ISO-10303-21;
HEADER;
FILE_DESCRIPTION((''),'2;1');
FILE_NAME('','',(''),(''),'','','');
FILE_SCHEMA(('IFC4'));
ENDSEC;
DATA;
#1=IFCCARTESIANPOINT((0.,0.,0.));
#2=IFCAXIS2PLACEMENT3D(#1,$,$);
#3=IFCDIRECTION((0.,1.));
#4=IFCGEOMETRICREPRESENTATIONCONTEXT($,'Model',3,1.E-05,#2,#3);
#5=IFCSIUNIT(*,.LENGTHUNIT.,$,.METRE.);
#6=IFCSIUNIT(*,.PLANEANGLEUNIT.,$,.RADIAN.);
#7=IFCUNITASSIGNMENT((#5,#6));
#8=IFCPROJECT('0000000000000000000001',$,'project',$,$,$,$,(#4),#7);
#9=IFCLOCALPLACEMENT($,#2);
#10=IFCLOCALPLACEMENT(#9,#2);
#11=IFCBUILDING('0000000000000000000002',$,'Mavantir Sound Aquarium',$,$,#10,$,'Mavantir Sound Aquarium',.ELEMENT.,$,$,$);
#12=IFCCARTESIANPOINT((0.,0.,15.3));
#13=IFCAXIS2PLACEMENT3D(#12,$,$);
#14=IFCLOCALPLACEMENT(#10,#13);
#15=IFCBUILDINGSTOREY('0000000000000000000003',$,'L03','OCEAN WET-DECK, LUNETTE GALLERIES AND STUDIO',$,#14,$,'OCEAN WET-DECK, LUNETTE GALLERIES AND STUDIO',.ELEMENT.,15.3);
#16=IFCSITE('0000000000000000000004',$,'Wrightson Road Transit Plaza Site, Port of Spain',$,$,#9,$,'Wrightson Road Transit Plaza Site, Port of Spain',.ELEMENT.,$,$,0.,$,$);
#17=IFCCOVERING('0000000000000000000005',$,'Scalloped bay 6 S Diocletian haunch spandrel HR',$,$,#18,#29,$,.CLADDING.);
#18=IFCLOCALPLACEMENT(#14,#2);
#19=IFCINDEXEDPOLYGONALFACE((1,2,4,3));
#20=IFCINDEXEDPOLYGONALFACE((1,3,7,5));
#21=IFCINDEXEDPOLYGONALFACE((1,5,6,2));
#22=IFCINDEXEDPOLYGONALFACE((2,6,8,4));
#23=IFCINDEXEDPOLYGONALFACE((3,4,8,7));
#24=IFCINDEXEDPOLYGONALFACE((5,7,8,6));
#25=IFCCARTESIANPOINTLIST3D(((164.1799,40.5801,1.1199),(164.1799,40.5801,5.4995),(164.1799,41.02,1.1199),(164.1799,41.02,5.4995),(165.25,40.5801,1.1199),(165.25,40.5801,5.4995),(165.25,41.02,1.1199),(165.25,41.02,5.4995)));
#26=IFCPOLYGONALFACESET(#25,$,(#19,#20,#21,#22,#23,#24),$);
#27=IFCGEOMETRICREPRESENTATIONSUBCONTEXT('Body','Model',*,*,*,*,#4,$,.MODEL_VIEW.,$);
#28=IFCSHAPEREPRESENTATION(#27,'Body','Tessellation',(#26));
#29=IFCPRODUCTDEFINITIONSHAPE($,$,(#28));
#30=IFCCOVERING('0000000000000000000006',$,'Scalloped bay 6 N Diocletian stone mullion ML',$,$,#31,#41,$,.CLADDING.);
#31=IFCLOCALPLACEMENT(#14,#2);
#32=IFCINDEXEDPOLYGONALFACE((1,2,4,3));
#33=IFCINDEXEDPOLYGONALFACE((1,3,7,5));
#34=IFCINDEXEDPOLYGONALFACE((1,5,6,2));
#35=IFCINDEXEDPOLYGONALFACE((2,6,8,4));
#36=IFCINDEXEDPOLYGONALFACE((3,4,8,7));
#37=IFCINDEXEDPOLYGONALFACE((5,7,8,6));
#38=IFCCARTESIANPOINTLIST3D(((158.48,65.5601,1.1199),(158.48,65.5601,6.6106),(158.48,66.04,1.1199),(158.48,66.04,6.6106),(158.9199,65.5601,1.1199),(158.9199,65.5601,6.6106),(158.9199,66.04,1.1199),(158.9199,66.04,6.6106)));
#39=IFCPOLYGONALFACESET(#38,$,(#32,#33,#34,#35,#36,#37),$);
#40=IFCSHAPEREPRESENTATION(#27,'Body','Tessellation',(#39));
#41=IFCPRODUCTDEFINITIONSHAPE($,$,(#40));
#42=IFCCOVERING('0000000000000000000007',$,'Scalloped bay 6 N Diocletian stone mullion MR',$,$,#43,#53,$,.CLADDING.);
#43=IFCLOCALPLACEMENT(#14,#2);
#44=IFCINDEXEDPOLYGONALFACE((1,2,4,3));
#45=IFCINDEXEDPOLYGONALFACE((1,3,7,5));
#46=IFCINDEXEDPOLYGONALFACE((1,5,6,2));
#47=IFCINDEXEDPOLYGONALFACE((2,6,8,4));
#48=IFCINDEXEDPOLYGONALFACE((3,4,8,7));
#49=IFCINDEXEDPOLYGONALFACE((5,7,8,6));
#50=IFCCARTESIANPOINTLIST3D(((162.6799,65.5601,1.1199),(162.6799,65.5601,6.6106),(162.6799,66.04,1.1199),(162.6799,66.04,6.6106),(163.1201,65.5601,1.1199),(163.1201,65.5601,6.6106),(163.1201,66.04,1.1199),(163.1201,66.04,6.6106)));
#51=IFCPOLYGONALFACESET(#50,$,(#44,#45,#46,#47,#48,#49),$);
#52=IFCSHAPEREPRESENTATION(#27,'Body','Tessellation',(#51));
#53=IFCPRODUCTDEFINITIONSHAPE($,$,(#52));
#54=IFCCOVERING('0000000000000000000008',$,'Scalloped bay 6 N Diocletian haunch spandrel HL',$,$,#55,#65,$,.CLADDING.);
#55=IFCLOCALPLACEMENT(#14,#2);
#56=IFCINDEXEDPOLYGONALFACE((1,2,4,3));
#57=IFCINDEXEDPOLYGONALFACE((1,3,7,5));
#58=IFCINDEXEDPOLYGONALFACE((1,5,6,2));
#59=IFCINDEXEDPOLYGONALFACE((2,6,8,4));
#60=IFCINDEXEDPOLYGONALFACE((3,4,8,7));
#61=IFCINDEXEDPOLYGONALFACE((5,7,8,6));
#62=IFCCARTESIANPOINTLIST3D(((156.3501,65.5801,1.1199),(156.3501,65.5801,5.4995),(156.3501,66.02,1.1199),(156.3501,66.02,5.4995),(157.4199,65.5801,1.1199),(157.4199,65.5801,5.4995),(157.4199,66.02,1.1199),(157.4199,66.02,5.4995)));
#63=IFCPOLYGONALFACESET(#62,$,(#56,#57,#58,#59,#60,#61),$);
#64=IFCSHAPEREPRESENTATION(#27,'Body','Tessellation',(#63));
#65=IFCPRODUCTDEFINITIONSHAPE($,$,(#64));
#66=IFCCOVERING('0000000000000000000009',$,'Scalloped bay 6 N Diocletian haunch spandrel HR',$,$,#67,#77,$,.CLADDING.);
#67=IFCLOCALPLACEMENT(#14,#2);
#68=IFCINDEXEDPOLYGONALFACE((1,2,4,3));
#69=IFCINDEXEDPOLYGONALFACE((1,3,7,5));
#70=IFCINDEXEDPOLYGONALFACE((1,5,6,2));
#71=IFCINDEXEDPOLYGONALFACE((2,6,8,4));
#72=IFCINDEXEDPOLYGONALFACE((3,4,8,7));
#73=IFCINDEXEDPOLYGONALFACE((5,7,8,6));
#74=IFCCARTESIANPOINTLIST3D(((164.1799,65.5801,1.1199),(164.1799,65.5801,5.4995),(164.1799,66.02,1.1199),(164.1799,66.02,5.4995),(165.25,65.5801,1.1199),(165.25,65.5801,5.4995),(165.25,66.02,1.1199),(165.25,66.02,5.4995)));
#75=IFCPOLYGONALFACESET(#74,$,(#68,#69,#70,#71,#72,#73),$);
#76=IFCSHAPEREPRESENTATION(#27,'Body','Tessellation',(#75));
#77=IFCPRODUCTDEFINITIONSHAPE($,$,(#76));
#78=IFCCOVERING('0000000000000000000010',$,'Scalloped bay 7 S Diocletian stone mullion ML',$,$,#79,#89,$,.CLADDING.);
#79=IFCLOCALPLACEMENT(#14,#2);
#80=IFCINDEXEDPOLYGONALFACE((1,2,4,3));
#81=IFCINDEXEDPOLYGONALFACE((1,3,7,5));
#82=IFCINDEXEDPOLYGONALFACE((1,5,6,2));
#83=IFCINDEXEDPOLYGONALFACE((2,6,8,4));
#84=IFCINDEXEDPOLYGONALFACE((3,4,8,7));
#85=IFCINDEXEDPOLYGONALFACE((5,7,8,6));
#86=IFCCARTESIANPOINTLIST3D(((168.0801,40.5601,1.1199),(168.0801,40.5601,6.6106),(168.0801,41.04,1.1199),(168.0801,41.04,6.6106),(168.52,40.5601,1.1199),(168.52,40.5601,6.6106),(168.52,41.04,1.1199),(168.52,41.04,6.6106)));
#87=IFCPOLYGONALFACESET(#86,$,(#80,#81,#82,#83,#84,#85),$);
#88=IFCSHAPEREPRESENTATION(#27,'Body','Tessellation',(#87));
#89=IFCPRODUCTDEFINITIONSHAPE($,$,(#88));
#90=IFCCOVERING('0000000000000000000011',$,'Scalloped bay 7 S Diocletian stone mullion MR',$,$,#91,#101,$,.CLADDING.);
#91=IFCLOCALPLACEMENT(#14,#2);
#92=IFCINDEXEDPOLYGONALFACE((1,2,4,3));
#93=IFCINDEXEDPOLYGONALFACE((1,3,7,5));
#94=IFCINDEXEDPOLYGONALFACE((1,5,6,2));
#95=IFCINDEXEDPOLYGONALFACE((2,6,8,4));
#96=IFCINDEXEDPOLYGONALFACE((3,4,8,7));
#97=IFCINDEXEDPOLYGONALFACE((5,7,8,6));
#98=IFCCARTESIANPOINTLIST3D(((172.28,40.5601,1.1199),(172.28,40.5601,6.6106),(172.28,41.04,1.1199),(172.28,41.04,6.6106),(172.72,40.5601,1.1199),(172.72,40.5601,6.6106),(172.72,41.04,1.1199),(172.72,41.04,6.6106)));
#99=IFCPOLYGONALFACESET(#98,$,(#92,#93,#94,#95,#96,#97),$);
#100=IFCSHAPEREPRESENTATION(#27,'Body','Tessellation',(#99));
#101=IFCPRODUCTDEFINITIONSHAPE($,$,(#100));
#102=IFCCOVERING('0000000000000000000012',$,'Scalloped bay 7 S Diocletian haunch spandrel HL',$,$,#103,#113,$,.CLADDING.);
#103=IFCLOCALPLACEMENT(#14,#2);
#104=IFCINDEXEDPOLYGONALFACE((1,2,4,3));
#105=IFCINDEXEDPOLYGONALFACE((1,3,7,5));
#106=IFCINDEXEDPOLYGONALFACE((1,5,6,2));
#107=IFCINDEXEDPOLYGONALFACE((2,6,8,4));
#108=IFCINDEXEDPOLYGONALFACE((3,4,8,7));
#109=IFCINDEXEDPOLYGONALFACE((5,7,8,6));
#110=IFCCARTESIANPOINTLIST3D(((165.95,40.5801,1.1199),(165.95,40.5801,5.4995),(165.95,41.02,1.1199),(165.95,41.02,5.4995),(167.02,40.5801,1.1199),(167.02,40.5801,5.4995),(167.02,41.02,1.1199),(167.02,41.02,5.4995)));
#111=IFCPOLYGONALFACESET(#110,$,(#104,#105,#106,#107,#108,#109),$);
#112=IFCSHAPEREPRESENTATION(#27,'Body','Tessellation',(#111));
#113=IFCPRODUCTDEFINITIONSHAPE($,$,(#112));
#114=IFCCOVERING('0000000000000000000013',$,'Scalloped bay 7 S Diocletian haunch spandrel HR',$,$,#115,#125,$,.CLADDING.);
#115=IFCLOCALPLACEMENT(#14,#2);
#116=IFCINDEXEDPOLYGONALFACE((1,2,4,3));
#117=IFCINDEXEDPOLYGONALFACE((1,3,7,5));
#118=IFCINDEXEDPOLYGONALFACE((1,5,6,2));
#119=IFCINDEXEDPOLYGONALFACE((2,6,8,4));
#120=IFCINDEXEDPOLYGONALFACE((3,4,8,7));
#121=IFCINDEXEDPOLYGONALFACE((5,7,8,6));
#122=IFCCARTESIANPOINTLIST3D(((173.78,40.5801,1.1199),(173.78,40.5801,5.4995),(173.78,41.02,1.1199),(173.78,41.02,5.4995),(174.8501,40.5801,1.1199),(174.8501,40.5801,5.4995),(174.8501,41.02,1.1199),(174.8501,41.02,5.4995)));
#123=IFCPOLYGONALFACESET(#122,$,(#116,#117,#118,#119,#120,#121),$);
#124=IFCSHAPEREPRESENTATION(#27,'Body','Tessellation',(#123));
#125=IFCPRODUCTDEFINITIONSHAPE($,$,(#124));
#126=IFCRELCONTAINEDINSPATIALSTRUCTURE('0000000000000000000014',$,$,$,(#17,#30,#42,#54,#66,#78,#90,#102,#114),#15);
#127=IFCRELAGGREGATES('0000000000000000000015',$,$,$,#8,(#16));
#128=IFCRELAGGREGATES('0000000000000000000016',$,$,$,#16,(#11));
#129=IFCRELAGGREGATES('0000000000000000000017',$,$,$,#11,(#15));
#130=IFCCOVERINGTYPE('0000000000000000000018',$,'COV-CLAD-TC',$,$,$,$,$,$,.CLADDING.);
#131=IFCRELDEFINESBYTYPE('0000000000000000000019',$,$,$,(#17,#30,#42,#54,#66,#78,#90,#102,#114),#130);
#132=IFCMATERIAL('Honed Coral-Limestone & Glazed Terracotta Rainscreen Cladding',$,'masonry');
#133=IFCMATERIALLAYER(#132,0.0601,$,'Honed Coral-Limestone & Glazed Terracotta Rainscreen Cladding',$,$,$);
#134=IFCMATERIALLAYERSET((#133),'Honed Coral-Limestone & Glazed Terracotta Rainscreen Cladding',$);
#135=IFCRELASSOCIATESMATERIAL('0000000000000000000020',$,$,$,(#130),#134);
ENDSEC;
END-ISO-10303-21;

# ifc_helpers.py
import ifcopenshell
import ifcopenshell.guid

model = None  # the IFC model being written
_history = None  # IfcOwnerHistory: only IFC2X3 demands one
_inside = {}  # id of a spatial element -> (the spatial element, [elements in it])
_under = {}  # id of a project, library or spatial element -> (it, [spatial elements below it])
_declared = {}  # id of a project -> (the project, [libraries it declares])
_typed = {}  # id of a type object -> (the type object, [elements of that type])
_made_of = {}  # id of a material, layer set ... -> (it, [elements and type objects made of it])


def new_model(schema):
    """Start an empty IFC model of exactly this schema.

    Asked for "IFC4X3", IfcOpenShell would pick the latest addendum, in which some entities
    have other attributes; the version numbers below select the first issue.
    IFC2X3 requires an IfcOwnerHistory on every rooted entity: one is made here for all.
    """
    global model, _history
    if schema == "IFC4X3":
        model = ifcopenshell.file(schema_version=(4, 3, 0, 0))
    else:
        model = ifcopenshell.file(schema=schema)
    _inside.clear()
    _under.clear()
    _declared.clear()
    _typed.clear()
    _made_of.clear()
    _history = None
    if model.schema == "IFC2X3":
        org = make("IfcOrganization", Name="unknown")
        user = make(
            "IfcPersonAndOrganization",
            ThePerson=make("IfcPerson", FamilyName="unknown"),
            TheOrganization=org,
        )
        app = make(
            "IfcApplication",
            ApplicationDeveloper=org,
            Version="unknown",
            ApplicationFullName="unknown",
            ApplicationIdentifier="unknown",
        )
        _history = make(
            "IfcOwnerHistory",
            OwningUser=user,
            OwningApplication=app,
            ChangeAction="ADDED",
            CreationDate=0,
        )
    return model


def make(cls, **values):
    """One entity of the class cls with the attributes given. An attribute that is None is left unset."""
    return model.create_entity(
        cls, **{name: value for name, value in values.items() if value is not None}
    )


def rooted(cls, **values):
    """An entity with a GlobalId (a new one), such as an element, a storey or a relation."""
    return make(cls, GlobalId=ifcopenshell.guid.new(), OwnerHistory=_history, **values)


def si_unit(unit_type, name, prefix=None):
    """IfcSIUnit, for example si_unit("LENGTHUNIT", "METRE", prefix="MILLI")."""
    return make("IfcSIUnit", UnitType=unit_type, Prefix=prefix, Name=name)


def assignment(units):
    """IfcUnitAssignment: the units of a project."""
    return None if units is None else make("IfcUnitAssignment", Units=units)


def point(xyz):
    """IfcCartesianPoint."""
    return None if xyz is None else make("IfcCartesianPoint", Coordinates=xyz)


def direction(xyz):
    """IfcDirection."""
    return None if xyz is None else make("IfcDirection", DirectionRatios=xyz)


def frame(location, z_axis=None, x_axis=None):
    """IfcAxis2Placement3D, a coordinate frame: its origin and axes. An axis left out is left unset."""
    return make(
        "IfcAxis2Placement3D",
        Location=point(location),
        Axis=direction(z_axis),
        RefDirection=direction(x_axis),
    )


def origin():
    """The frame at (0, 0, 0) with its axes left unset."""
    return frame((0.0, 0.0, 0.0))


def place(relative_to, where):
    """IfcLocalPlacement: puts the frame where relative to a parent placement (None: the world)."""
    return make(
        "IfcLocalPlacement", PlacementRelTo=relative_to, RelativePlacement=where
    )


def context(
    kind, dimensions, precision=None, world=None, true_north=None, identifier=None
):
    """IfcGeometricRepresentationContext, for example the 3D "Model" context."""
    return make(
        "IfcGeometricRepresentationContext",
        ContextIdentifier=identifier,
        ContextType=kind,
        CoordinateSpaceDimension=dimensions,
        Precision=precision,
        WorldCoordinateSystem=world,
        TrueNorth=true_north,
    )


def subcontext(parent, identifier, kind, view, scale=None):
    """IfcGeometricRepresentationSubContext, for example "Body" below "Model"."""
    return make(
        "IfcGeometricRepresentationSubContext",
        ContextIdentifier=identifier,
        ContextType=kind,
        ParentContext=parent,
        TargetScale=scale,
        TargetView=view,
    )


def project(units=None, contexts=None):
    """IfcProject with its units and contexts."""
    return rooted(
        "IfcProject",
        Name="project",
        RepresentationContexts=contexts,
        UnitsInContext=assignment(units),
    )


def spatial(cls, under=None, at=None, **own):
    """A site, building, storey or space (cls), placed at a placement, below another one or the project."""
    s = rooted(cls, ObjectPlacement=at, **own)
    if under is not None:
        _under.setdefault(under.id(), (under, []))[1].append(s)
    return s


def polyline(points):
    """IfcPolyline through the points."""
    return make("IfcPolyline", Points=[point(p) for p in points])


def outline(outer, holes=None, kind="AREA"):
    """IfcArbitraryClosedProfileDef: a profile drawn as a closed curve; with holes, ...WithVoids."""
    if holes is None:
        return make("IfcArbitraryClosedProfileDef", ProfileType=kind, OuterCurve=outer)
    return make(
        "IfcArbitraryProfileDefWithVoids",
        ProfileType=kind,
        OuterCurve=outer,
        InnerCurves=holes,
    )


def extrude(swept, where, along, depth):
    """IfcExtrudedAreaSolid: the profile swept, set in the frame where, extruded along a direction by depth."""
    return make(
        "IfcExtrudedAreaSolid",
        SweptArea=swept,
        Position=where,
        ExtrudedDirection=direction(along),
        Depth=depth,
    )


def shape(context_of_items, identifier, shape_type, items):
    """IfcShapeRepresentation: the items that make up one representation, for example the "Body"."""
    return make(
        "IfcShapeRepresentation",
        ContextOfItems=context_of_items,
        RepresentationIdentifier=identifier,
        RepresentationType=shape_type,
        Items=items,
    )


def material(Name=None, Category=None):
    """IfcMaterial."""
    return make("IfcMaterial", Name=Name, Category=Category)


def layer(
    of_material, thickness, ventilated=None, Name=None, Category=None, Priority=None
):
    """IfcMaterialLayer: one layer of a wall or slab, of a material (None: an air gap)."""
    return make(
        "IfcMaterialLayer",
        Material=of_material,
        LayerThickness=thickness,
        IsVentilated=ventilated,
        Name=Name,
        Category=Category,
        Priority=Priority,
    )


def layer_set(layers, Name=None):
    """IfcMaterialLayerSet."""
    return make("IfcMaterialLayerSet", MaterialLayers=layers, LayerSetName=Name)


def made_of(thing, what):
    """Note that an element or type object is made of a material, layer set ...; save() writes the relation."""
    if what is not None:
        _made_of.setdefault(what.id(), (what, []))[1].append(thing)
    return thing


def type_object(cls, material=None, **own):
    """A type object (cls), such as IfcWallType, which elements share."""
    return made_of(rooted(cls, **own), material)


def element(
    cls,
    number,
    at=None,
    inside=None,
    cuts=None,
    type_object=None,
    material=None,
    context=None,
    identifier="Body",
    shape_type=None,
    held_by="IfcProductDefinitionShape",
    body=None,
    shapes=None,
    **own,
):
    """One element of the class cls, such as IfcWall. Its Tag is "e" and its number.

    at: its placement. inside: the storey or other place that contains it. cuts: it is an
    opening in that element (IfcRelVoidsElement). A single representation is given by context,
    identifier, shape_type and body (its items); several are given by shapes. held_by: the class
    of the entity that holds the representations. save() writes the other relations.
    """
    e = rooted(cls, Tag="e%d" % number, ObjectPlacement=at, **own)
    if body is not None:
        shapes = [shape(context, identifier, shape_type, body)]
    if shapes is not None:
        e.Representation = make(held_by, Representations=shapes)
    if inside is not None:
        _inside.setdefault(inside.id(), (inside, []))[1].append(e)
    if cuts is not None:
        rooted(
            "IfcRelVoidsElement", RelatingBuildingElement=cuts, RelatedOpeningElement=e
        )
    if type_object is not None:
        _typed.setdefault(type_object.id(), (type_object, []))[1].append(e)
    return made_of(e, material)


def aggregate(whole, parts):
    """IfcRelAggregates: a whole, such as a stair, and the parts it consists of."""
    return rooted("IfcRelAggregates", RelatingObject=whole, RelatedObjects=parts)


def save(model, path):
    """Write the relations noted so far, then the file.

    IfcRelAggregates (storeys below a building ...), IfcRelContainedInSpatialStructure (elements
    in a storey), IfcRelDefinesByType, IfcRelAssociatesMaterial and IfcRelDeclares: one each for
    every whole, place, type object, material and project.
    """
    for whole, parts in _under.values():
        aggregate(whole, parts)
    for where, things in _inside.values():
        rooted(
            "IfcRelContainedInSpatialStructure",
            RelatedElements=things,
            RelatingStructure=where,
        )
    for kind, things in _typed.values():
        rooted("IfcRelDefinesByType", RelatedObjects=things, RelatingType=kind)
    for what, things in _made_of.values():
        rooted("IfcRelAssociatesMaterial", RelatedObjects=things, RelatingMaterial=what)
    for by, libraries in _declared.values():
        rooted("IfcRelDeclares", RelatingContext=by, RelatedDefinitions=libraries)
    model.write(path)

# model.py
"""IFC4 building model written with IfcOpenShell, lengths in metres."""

from ifc_helpers import new_model, si_unit, direction, frame, origin, place, context, subcontext, project, spatial, polyline, outline, extrude, material, layer, layer_set, type_object, element, save


model = new_model("IFC4")

# Units and contexts
model_context = context("Model", 3, precision=1e-05, world=origin(), true_north=direction((0.0, 1.0)))
body_context = subcontext(model_context, "Body", "Model", "MODEL_VIEW")
ifc_project = project(units=[si_unit("LENGTHUNIT", "METRE"), si_unit("PLANEANGLEUNIT", "RADIAN")], contexts=[model_context])

# Site, building, storey
site_placement = place(None, origin())
site = spatial("IfcSite", under=ifc_project, at=site_placement, Name="Wrightson Road Transit Plaza Site, Port of Spain", LongName="Wrightson Road Transit Plaza Site, Port of Spain", CompositionType="ELEMENT", RefElevation=0.0)
building_placement = place(site_placement, origin())
building = spatial("IfcBuilding", under=site, at=building_placement, Name="Mavantir Sound Aquarium", LongName="Mavantir Sound Aquarium", CompositionType="ELEMENT")
storey_placement = place(building_placement, frame((0.0, 0.0, 15.3)))
storey = spatial("IfcBuildingStorey", under=building, at=storey_placement, Name="L03", Description="OCEAN WET-DECK, LUNETTE GALLERIES AND STUDIO", LongName="OCEAN WET-DECK, LUNETTE GALLERIES AND STUDIO", CompositionType="ELEMENT", Elevation=15.3)

# Coverings
ifc_material = material(Name="Honed Coral-Limestone & Glazed Terracotta Rainscreen Cladding", Category="masonry")
ifc_layer = layer(ifc_material, 0.0601, Name="Honed Coral-Limestone & Glazed Terracotta Rainscreen Cladding")
ifc_layer_set = layer_set([ifc_layer], Name="Honed Coral-Limestone & Glazed Terracotta Rainscreen Cladding")
covering_type = type_object("IfcCoveringType", Name="COV-CLAD-TC", PredefinedType="CLADDING", material=ifc_layer_set)
covering_1_placement = place(storey_placement, frame((0.0, 0.0, 1.1199)))
element("IfcCovering", 1, at=covering_1_placement, inside=storey, type_object=covering_type, Name="Scalloped bay 6 S Diocletian haunch spandrel HR", PredefinedType="CLADDING", context=body_context, shape_type="SweptSolid", body=[
    extrude(outline(polyline([(164.1799, 40.5801), (165.25, 40.5801), (165.25, 41.02), (164.1799, 41.02), (164.1799, 40.5801)])), origin(), (0.0, 0.0, 1.0), 4.3796),
])
covering_2_placement = place(storey_placement, frame((0.0, 0.0, 1.1199)))
element("IfcCovering", 2, at=covering_2_placement, inside=storey, type_object=covering_type, Name="Scalloped bay 6 N Diocletian stone mullion ML", PredefinedType="CLADDING", context=body_context, shape_type="SweptSolid", body=[
    extrude(outline(polyline([(158.48, 65.5601), (158.9199, 65.5601), (158.9199, 66.04), (158.48, 66.04), (158.48, 65.5601)])), origin(), (0.0, 0.0, 1.0), 5.4907),
])
covering_3_placement = place(storey_placement, frame((0.0, 0.0, 1.1199)))
element("IfcCovering", 3, at=covering_3_placement, inside=storey, type_object=covering_type, Name="Scalloped bay 6 N Diocletian stone mullion MR", PredefinedType="CLADDING", context=body_context, shape_type="SweptSolid", body=[
    extrude(outline(polyline([(162.6799, 65.5601), (163.1201, 65.5601), (163.1201, 66.04), (162.6799, 66.04), (162.6799, 65.5601)])), origin(), (0.0, 0.0, 1.0), 5.4907),
])
covering_4_placement = place(storey_placement, frame((0.0, 0.0, 1.1199)))
element("IfcCovering", 4, at=covering_4_placement, inside=storey, type_object=covering_type, Name="Scalloped bay 6 N Diocletian haunch spandrel HL", PredefinedType="CLADDING", context=body_context, shape_type="SweptSolid", body=[
    extrude(outline(polyline([(156.3501, 65.5801), (157.4199, 65.5801), (157.4199, 66.02), (156.3501, 66.02), (156.3501, 65.5801)])), origin(), (0.0, 0.0, 1.0), 4.3796),
])
covering_5_placement = place(storey_placement, frame((0.0, 0.0, 1.1199)))
element("IfcCovering", 5, at=covering_5_placement, inside=storey, type_object=covering_type, Name="Scalloped bay 6 N Diocletian haunch spandrel HR", PredefinedType="CLADDING", context=body_context, shape_type="SweptSolid", body=[
    extrude(outline(polyline([(164.1799, 65.5801), (165.25, 65.5801), (165.25, 66.02), (164.1799, 66.02), (164.1799, 65.5801)])), origin(), (0.0, 0.0, 1.0), 4.3796),
])
covering_6_placement = place(storey_placement, frame((0.0, 0.0, 1.1199)))
element("IfcCovering", 6, at=covering_6_placement, inside=storey, type_object=covering_type, Name="Scalloped bay 7 S Diocletian stone mullion ML", PredefinedType="CLADDING", context=body_context, shape_type="SweptSolid", body=[
    extrude(outline(polyline([(168.0801, 40.5601), (168.52, 40.5601), (168.52, 41.04), (168.0801, 41.04), (168.0801, 40.5601)])), origin(), (0.0, 0.0, 1.0), 5.4907),
])
covering_7_placement = place(storey_placement, frame((0.0, 0.0, 1.1199)))
element("IfcCovering", 7, at=covering_7_placement, inside=storey, type_object=covering_type, Name="Scalloped bay 7 S Diocletian stone mullion MR", PredefinedType="CLADDING", context=body_context, shape_type="SweptSolid", body=[
    extrude(outline(polyline([(172.28, 40.5601), (172.72, 40.5601), (172.72, 41.04), (172.28, 41.04), (172.28, 40.5601)])), origin(), (0.0, 0.0, 1.0), 5.4907),
])
covering_8_placement = place(storey_placement, frame((0.0, 0.0, 1.1199)))
element("IfcCovering", 8, at=covering_8_placement, inside=storey, type_object=covering_type, Name="Scalloped bay 7 S Diocletian haunch spandrel HL", PredefinedType="CLADDING", context=body_context, shape_type="SweptSolid", body=[
    extrude(outline(polyline([(165.95, 40.5801), (167.02, 40.5801), (167.02, 41.02), (165.95, 41.02), (165.95, 40.5801)])), origin(), (0.0, 0.0, 1.0), 4.3796),
])
covering_9_placement = place(storey_placement, frame((0.0, 0.0, 1.1199)))
element("IfcCovering", 9, at=covering_9_placement, inside=storey, type_object=covering_type, Name="Scalloped bay 7 S Diocletian haunch spandrel HR", PredefinedType="CLADDING", context=body_context, shape_type="SweptSolid", body=[
    extrude(outline(polyline([(173.78, 40.5801), (174.8501, 40.5801), (174.8501, 41.02), (173.78, 41.02), (173.78, 40.5801)])), origin(), (0.0, 0.0, 1.0), 4.3796),
])

save(model, "model.ifc")
